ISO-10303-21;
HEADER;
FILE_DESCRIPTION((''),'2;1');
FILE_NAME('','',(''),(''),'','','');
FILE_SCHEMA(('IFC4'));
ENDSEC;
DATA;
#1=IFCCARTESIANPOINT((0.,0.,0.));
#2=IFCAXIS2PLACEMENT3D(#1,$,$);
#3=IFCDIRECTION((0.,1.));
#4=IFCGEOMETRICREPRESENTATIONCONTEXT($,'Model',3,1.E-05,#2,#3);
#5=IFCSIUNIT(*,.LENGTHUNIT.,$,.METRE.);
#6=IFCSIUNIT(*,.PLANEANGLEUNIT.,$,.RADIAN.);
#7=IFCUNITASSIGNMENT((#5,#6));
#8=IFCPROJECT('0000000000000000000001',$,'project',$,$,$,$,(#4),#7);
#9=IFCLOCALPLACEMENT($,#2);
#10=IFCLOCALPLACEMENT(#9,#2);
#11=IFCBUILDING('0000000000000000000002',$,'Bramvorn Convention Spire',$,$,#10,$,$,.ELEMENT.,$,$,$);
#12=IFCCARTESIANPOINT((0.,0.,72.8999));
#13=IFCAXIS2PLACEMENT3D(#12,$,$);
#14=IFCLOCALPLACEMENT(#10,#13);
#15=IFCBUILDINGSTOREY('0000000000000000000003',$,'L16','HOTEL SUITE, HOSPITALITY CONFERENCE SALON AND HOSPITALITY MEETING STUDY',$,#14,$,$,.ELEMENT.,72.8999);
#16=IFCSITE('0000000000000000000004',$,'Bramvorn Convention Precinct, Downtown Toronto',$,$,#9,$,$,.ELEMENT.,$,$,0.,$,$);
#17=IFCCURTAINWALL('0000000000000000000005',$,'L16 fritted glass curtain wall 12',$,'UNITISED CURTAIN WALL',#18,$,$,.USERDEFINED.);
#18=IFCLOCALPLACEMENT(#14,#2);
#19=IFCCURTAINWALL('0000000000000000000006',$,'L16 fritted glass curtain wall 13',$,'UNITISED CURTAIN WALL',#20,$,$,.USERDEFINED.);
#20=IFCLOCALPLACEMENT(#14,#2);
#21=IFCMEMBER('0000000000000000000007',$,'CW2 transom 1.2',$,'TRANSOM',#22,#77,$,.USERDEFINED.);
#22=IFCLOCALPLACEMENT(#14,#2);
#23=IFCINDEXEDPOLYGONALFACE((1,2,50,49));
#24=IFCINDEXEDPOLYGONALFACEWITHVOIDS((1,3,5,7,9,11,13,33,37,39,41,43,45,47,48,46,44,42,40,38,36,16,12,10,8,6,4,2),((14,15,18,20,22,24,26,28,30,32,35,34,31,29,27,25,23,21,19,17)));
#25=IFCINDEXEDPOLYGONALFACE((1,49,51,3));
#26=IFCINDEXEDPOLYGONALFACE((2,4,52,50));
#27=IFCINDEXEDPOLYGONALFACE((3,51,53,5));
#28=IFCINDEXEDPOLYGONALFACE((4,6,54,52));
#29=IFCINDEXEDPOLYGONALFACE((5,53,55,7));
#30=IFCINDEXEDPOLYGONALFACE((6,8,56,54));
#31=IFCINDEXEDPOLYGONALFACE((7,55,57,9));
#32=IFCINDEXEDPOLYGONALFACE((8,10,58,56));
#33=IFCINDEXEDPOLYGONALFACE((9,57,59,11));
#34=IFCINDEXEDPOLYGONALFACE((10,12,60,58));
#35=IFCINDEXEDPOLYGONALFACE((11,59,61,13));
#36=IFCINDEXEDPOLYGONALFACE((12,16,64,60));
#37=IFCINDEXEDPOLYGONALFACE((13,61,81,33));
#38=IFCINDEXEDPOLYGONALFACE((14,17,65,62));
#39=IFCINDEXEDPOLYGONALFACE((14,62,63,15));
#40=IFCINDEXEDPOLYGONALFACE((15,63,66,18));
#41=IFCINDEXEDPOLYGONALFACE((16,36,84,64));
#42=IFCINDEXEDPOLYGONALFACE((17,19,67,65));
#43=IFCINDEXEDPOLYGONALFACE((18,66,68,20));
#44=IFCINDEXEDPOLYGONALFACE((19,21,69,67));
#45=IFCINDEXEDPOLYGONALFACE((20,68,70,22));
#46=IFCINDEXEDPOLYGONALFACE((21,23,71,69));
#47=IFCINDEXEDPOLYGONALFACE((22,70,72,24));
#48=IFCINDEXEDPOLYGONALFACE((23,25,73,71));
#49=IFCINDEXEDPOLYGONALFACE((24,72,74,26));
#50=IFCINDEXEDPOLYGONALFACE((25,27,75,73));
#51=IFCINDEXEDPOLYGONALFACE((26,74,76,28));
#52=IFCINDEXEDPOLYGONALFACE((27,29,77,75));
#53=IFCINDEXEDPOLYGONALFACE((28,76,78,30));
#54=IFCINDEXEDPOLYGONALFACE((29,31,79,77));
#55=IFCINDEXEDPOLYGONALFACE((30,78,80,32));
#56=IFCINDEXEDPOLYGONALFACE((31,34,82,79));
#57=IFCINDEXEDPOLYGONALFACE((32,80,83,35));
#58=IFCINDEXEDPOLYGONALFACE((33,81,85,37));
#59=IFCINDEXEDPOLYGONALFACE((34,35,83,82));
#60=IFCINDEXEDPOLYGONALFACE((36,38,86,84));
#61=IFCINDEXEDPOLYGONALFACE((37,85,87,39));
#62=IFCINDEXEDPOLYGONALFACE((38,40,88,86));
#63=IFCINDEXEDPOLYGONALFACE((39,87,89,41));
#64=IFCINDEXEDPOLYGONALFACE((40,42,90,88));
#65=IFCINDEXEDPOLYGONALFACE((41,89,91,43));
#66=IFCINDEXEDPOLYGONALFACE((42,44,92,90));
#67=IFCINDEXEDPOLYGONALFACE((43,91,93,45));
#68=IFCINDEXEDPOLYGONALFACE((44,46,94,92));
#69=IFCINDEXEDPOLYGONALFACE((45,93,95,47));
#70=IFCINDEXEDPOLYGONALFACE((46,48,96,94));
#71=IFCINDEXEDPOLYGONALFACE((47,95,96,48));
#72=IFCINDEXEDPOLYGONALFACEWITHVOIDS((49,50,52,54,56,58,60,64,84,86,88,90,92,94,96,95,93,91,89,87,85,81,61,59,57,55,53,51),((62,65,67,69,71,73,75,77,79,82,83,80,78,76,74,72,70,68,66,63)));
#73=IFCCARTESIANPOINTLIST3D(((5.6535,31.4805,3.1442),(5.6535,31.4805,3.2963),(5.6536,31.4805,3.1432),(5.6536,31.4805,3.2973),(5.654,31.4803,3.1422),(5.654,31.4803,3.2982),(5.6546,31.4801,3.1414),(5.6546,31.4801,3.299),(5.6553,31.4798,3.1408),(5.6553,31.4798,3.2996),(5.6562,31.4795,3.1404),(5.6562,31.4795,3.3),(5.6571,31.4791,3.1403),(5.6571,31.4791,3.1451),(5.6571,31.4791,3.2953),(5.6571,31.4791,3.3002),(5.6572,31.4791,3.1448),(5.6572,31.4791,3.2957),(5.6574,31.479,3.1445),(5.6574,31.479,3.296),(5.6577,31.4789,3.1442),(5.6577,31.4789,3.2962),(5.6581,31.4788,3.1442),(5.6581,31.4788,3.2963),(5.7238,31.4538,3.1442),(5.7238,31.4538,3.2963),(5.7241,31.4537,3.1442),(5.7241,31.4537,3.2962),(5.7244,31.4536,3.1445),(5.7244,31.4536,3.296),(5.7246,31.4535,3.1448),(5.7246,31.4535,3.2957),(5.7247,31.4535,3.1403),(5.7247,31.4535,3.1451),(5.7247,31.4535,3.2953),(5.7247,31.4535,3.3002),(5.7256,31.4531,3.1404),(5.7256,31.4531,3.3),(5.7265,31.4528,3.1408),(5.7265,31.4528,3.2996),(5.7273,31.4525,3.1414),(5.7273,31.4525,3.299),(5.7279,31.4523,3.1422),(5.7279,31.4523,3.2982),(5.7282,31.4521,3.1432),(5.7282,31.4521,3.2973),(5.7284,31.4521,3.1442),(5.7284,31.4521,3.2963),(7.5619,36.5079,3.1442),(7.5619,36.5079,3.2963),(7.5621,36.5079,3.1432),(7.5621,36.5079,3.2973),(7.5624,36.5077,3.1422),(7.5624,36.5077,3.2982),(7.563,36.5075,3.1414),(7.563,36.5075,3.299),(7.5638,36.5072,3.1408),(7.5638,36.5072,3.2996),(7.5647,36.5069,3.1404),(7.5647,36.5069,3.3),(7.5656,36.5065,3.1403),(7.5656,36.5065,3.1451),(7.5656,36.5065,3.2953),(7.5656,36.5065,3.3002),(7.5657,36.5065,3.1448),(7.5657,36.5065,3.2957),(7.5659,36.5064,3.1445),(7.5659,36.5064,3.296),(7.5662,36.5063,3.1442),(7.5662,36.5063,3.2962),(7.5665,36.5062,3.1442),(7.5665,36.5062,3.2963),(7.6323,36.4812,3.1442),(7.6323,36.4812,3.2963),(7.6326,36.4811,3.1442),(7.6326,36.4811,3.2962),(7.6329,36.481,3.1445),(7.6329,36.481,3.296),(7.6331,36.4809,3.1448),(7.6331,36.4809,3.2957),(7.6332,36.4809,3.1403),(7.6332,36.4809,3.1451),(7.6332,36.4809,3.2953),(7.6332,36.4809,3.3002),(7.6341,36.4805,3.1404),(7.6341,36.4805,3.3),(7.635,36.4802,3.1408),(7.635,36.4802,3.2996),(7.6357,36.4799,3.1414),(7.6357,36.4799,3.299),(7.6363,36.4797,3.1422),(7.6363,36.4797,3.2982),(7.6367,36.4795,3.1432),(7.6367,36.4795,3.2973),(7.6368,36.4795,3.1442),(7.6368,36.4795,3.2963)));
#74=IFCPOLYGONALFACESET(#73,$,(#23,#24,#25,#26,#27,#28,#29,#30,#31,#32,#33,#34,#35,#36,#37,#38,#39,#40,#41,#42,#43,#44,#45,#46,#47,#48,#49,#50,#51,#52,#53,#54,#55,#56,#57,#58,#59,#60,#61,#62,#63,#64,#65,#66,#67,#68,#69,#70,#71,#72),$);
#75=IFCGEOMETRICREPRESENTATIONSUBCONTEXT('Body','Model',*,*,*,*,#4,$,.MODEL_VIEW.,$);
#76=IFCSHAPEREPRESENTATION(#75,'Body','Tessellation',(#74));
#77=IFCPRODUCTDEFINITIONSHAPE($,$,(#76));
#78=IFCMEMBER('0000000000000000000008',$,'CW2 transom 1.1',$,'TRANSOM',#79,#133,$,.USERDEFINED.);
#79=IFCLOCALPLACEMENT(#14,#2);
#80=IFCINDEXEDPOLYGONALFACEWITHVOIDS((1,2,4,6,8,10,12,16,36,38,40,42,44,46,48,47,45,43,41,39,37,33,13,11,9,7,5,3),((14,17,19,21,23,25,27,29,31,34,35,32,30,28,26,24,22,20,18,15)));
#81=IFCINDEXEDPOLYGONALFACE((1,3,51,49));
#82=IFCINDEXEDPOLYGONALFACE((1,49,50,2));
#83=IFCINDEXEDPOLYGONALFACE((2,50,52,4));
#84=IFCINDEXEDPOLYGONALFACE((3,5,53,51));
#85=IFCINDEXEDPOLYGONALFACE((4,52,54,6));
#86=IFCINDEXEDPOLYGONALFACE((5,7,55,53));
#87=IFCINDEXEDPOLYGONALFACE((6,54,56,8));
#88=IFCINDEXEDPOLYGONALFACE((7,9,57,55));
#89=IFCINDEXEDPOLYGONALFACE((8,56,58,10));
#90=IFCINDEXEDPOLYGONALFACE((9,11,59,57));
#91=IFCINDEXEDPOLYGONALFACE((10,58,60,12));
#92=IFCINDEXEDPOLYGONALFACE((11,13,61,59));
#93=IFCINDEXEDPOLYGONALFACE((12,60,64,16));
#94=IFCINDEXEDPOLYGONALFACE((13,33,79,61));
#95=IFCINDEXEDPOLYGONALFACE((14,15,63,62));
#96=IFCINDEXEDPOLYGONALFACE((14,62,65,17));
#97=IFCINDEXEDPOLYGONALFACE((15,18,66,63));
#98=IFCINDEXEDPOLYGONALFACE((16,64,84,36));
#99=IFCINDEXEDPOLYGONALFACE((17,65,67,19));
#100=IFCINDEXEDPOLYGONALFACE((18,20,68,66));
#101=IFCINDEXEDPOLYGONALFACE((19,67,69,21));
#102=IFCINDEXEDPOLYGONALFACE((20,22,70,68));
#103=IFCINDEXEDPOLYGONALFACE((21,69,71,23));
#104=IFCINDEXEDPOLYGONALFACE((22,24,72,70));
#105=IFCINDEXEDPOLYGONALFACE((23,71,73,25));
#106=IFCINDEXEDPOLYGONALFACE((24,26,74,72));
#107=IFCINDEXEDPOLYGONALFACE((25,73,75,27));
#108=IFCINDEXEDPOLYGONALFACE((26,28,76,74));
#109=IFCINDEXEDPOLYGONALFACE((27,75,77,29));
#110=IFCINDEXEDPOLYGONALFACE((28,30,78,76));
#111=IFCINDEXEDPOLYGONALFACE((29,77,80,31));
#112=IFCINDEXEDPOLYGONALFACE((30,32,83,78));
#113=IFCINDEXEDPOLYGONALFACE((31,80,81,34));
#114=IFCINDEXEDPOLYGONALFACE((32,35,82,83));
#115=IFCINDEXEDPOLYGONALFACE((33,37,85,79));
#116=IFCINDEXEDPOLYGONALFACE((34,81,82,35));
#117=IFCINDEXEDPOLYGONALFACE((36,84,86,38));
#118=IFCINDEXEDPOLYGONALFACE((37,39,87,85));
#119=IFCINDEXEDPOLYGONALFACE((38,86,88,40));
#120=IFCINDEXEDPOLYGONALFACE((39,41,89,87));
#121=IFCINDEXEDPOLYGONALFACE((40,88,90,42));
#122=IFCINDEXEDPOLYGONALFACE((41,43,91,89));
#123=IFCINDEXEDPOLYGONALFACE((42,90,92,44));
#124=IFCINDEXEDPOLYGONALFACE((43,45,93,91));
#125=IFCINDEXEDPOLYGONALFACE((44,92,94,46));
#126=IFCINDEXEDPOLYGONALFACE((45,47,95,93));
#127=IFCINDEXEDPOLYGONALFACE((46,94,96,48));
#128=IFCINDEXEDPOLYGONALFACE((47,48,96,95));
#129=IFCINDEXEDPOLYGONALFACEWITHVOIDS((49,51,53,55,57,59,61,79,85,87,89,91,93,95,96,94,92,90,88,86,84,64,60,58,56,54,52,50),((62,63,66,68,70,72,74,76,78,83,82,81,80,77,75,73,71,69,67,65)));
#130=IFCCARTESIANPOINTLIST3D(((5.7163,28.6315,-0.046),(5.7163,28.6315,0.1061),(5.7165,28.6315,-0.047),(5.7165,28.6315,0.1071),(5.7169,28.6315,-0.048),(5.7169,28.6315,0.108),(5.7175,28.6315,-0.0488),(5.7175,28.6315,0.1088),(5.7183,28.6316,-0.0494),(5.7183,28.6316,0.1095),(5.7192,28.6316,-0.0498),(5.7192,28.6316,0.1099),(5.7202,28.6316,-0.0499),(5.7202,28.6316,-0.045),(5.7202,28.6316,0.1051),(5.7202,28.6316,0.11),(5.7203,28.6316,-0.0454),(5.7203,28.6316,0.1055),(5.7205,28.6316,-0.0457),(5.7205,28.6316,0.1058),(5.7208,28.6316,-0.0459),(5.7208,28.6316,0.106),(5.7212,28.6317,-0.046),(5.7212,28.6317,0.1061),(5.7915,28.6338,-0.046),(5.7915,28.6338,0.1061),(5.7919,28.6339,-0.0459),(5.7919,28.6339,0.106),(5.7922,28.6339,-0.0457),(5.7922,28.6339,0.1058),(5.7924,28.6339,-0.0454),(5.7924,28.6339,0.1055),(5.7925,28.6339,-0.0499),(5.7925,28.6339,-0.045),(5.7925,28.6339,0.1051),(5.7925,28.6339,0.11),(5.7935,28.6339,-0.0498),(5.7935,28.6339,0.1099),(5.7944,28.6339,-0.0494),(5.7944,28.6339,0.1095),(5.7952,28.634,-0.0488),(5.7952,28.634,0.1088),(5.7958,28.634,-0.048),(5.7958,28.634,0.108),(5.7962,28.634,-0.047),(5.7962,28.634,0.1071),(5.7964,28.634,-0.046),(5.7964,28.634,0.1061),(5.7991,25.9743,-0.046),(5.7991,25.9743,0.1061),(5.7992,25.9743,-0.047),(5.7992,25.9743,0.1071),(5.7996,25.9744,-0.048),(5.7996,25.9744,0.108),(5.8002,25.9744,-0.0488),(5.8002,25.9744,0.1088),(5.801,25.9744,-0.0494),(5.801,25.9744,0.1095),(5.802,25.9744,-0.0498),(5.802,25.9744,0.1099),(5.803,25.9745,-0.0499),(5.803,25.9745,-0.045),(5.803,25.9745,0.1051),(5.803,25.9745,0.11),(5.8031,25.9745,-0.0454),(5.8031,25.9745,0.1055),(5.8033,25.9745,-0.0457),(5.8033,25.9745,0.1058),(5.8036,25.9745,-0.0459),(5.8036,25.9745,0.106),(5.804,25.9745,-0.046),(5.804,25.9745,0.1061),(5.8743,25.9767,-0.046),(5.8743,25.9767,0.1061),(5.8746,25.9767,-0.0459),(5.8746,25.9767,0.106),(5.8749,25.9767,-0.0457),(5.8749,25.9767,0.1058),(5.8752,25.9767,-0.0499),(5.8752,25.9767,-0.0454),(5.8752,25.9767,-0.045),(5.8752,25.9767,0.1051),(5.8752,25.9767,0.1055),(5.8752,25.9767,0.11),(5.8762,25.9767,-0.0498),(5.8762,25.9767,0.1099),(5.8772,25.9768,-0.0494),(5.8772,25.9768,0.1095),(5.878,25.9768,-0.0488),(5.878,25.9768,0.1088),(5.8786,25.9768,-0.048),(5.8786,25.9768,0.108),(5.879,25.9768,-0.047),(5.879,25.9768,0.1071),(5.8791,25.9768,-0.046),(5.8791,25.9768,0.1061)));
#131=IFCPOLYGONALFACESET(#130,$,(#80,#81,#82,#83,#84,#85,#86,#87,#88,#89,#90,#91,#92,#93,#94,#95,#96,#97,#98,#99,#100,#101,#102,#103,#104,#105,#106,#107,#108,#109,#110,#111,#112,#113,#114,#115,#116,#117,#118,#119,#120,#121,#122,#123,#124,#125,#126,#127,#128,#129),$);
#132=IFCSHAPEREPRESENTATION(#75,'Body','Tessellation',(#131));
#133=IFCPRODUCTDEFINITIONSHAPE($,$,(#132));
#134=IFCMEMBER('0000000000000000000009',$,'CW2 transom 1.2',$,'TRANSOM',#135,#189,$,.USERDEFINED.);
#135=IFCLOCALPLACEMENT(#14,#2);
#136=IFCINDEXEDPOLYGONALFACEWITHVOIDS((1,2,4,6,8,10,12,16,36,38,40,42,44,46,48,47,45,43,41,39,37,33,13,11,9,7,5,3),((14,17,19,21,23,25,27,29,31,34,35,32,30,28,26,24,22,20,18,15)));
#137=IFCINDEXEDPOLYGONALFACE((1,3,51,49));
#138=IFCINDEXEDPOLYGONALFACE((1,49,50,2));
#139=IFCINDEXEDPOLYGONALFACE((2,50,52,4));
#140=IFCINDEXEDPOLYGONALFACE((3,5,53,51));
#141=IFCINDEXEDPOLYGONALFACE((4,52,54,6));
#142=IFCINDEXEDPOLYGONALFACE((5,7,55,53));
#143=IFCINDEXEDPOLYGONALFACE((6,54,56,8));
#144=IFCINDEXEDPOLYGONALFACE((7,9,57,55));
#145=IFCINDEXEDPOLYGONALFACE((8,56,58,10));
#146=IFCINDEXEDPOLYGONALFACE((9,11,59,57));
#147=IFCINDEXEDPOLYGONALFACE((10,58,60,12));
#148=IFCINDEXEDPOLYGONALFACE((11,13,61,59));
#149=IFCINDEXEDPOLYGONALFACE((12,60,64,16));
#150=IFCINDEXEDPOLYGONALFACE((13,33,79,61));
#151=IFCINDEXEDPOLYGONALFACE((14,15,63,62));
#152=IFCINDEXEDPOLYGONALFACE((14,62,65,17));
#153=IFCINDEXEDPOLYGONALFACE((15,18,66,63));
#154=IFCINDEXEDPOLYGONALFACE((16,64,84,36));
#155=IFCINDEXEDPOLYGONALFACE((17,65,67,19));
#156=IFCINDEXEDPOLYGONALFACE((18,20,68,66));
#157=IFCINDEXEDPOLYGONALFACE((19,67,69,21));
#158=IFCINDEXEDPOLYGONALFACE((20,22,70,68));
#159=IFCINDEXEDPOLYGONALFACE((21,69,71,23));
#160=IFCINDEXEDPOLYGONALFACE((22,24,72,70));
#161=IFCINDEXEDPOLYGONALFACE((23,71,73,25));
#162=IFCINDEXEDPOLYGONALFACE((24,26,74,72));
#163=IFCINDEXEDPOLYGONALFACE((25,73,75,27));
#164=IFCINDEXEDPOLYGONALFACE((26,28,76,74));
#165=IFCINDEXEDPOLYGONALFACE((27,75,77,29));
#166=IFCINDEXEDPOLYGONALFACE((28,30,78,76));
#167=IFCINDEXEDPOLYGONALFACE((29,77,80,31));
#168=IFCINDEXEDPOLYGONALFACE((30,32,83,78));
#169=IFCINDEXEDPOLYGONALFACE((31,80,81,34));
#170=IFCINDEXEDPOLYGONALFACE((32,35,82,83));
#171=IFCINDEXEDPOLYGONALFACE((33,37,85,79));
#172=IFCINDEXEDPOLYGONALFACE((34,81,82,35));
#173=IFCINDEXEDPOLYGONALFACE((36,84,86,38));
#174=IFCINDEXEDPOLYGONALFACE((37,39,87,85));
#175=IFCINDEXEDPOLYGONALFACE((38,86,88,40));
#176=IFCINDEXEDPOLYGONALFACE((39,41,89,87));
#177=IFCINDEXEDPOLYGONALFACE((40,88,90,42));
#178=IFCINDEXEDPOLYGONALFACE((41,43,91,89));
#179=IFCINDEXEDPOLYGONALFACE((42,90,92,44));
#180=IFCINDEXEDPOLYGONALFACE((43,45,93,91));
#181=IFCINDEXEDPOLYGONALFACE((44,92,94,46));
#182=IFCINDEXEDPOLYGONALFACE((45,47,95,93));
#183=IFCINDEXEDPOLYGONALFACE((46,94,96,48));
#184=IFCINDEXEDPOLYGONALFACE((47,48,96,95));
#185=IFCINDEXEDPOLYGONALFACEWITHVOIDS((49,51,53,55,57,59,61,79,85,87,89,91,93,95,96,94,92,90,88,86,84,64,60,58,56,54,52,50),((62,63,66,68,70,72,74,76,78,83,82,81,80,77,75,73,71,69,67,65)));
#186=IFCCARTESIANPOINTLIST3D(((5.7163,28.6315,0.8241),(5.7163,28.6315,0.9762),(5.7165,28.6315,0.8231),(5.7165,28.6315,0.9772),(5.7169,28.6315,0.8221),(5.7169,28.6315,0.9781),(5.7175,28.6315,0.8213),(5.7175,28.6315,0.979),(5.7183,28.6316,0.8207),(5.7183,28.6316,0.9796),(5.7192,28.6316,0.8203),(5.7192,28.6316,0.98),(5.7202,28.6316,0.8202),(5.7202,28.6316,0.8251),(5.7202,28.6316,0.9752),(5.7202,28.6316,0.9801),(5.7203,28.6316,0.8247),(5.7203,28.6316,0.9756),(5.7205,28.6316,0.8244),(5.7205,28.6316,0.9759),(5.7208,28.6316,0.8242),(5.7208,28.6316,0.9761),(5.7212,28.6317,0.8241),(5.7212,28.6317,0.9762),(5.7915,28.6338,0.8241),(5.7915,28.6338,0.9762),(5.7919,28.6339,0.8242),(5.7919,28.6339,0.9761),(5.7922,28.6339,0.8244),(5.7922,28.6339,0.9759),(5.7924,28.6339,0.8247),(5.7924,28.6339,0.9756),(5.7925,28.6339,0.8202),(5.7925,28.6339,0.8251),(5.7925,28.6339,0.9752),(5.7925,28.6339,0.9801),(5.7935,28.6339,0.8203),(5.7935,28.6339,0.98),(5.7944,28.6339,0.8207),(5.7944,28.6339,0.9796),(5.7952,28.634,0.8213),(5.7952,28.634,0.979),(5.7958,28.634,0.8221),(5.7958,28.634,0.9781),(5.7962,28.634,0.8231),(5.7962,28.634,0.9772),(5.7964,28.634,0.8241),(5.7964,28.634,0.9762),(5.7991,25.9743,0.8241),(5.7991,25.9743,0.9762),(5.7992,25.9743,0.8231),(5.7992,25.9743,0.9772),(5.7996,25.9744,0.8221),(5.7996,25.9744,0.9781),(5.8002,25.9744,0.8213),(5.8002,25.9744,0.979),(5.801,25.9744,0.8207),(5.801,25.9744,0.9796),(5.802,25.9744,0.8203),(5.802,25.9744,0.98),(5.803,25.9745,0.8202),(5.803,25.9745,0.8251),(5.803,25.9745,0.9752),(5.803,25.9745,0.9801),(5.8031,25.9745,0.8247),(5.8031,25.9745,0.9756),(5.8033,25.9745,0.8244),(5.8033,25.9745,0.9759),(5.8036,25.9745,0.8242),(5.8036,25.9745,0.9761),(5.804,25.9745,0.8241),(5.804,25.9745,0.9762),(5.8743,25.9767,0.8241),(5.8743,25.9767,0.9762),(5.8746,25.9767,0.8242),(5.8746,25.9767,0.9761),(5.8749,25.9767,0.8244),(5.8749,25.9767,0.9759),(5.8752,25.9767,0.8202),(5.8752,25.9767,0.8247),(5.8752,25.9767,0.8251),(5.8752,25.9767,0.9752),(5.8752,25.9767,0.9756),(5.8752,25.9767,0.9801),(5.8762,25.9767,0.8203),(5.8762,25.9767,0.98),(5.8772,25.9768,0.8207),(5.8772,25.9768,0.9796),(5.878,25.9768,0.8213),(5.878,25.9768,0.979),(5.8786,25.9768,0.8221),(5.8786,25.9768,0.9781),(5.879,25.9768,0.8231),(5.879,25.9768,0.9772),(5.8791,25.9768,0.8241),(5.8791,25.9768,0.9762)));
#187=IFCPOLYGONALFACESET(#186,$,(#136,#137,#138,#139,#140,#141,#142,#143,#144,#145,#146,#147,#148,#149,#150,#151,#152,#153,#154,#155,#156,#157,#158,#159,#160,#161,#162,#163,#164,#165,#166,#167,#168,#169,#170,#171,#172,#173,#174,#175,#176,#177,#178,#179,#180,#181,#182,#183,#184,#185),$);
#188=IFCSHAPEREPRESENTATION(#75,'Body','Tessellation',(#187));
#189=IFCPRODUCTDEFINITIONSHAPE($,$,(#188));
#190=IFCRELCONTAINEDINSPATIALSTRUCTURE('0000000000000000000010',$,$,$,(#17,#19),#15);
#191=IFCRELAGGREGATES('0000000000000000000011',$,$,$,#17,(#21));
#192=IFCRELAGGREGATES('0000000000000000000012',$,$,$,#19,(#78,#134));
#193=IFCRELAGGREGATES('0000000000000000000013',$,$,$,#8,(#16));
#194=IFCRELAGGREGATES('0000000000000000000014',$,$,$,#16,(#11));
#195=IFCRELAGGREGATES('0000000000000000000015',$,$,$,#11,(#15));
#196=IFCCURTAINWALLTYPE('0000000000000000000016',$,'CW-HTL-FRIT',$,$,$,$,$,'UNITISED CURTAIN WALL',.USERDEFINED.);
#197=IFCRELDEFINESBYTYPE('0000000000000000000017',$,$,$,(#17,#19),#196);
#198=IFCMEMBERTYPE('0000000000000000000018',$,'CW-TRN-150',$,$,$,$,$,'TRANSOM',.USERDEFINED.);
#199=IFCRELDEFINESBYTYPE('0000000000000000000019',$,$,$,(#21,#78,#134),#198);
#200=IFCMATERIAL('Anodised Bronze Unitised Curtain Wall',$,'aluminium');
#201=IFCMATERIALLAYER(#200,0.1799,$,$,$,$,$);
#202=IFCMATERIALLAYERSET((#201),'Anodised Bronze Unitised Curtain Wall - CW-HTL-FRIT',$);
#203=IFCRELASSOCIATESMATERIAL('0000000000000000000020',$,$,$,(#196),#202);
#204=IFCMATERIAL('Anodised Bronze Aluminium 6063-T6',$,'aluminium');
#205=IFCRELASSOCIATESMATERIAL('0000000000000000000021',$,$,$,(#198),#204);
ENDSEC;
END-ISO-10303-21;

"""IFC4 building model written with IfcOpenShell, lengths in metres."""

from ifc_helpers import new_model, si_unit, direction, frame, origin, origin_2d, place, context, subcontext, project, spatial, hollow_rectangle, extrude, material, layer, layer_set, material_profile, profile_set, type_object, element, aggregate, save


model = new_model("IFC4")

# Units and contexts
model_context = context("Model", 3, precision=1e-05, world=origin(), true_north=direction((0.0, 1.0)))
body_context = subcontext(model_context, "Body", "Model", "MODEL_VIEW")
ifc_project = project(units=[si_unit("LENGTHUNIT", "METRE"), si_unit("PLANEANGLEUNIT", "RADIAN")], contexts=[model_context])

# Site, building, storey
site_placement = place(None, origin())
site = spatial("IfcSite", under=ifc_project, at=site_placement, Name="Bramvorn Convention Precinct, Downtown Toronto", CompositionType="ELEMENT", RefElevation=0.0)
building_placement = place(site_placement, origin())
building = spatial("IfcBuilding", under=site, at=building_placement, Name="Bramvorn Convention Spire", CompositionType="ELEMENT")
storey_placement = place(building_placement, frame((0.0, 0.0, 72.8999)))
storey = spatial("IfcBuildingStorey", under=building, at=storey_placement, Name="L16", Description="HOTEL SUITE, HOSPITALITY CONFERENCE SALON AND HOSPITALITY MEETING STUDY", CompositionType="ELEMENT", Elevation=72.8999)

# Curtain walls
ifc_material_1 = material(Name="Anodised Bronze Unitised Curtain Wall", Category="aluminium")
ifc_layer_1 = layer(ifc_material_1, 0.1799)
ifc_layer_set_1 = layer_set([ifc_layer_1], Name="Anodised Bronze Unitised Curtain Wall - CW-HTL-FRIT")
curtain_wall_type = type_object("IfcCurtainWallType", Name="CW-HTL-FRIT", ElementType="UNITISED CURTAIN WALL", PredefinedType="USERDEFINED", material=ifc_layer_set_1)
curtain_wall_1_placement = place(storey_placement, origin())
curtain_wall_1 = element("IfcCurtainWall", 1, at=curtain_wall_1_placement, inside=storey, type_object=curtain_wall_type, Name="L16 fritted glass curtain wall 12", ObjectType="UNITISED CURTAIN WALL", PredefinedType="USERDEFINED")
ifc_material_2 = material(Name="Anodised Bronze Aluminium 6063-T6", Category="aluminium")
curtain_wall_2_placement = place(storey_placement, origin())
curtain_wall_2 = element("IfcCurtainWall", 2, at=curtain_wall_2_placement, inside=storey, type_object=curtain_wall_type, Name="L16 fritted glass curtain wall 13", ObjectType="UNITISED CURTAIN WALL", PredefinedType="USERDEFINED")

# Members
ifc_material_profile_1 = material_profile(ifc_material_2, hollow_rectangle(XDim=0.0801, YDim=0.1599, WallThickness=0.0039, InnerFilletRadius=0.001, OuterFilletRadius=0.0039, at=origin_2d()))
ifc_profile_set_1 = profile_set([ifc_material_profile_1], Name="Anodised Bronze Aluminium 6063-T6 - CWT80X160")
member_type_1 = type_object("IfcMemberType", Name="CW-TRN-150", ElementType="TRANSOM", PredefinedType="USERDEFINED", material=ifc_profile_set_1)
member_1_placement = place(storey_placement, frame((5.6909, 31.4663, 3.2202), z_axis=(0.354902, 0.934904, 0.0), x_axis=(-0.934904, 0.354902, 0.0)))
member_1 = element("IfcMember", 3, at=member_1_placement, type_object=member_type_1, Name="CW2 transom 1.2", ObjectType="TRANSOM", PredefinedType="USERDEFINED", context=body_context, shape_type="SweptSolid", body=[
    extrude(hollow_rectangle(XDim=0.0801, YDim=0.1599, WallThickness=0.0039, InnerFilletRadius=0.001, OuterFilletRadius=0.0039, at=origin_2d()), origin(), (0.0, 0.0, 1.0), 5.3774),
])
member_2_placement = place(storey_placement, frame((5.8391, 25.9756, 0.03), z_axis=(-0.031132, 0.999515, 0.0), x_axis=(-0.999515, -0.031132, 0.0)))
member_2 = element("IfcMember", 4, at=member_2_placement, type_object=member_type_1, Name="CW2 transom 1.1", ObjectType="TRANSOM", PredefinedType="USERDEFINED", context=body_context, shape_type="SweptSolid", body=[
    extrude(hollow_rectangle(XDim=0.0801, YDim=0.1599, WallThickness=0.0039, InnerFilletRadius=0.001, OuterFilletRadius=0.0039, at=origin_2d()), origin(), (0.0, 0.0, 1.0), 2.6584),
])
member_3_placement = place(storey_placement, frame((5.8391, 25.9756, 0.9001), z_axis=(-0.031132, 0.999515, 0.0), x_axis=(-0.999515, -0.031132, 0.0)))
member_3 = element("IfcMember", 5, at=member_3_placement, type_object=member_type_1, Name="CW2 transom 1.2", ObjectType="TRANSOM", PredefinedType="USERDEFINED", context=body_context, shape_type="SweptSolid", body=[
    extrude(hollow_rectangle(XDim=0.0801, YDim=0.1599, WallThickness=0.0039, InnerFilletRadius=0.001, OuterFilletRadius=0.0039, at=origin_2d()), origin(), (0.0, 0.0, 1.0), 2.6584),
])

aggregate(curtain_wall_1, [member_1])
aggregate(curtain_wall_2, [member_2, member_3])

save(model, "model.ifc")
